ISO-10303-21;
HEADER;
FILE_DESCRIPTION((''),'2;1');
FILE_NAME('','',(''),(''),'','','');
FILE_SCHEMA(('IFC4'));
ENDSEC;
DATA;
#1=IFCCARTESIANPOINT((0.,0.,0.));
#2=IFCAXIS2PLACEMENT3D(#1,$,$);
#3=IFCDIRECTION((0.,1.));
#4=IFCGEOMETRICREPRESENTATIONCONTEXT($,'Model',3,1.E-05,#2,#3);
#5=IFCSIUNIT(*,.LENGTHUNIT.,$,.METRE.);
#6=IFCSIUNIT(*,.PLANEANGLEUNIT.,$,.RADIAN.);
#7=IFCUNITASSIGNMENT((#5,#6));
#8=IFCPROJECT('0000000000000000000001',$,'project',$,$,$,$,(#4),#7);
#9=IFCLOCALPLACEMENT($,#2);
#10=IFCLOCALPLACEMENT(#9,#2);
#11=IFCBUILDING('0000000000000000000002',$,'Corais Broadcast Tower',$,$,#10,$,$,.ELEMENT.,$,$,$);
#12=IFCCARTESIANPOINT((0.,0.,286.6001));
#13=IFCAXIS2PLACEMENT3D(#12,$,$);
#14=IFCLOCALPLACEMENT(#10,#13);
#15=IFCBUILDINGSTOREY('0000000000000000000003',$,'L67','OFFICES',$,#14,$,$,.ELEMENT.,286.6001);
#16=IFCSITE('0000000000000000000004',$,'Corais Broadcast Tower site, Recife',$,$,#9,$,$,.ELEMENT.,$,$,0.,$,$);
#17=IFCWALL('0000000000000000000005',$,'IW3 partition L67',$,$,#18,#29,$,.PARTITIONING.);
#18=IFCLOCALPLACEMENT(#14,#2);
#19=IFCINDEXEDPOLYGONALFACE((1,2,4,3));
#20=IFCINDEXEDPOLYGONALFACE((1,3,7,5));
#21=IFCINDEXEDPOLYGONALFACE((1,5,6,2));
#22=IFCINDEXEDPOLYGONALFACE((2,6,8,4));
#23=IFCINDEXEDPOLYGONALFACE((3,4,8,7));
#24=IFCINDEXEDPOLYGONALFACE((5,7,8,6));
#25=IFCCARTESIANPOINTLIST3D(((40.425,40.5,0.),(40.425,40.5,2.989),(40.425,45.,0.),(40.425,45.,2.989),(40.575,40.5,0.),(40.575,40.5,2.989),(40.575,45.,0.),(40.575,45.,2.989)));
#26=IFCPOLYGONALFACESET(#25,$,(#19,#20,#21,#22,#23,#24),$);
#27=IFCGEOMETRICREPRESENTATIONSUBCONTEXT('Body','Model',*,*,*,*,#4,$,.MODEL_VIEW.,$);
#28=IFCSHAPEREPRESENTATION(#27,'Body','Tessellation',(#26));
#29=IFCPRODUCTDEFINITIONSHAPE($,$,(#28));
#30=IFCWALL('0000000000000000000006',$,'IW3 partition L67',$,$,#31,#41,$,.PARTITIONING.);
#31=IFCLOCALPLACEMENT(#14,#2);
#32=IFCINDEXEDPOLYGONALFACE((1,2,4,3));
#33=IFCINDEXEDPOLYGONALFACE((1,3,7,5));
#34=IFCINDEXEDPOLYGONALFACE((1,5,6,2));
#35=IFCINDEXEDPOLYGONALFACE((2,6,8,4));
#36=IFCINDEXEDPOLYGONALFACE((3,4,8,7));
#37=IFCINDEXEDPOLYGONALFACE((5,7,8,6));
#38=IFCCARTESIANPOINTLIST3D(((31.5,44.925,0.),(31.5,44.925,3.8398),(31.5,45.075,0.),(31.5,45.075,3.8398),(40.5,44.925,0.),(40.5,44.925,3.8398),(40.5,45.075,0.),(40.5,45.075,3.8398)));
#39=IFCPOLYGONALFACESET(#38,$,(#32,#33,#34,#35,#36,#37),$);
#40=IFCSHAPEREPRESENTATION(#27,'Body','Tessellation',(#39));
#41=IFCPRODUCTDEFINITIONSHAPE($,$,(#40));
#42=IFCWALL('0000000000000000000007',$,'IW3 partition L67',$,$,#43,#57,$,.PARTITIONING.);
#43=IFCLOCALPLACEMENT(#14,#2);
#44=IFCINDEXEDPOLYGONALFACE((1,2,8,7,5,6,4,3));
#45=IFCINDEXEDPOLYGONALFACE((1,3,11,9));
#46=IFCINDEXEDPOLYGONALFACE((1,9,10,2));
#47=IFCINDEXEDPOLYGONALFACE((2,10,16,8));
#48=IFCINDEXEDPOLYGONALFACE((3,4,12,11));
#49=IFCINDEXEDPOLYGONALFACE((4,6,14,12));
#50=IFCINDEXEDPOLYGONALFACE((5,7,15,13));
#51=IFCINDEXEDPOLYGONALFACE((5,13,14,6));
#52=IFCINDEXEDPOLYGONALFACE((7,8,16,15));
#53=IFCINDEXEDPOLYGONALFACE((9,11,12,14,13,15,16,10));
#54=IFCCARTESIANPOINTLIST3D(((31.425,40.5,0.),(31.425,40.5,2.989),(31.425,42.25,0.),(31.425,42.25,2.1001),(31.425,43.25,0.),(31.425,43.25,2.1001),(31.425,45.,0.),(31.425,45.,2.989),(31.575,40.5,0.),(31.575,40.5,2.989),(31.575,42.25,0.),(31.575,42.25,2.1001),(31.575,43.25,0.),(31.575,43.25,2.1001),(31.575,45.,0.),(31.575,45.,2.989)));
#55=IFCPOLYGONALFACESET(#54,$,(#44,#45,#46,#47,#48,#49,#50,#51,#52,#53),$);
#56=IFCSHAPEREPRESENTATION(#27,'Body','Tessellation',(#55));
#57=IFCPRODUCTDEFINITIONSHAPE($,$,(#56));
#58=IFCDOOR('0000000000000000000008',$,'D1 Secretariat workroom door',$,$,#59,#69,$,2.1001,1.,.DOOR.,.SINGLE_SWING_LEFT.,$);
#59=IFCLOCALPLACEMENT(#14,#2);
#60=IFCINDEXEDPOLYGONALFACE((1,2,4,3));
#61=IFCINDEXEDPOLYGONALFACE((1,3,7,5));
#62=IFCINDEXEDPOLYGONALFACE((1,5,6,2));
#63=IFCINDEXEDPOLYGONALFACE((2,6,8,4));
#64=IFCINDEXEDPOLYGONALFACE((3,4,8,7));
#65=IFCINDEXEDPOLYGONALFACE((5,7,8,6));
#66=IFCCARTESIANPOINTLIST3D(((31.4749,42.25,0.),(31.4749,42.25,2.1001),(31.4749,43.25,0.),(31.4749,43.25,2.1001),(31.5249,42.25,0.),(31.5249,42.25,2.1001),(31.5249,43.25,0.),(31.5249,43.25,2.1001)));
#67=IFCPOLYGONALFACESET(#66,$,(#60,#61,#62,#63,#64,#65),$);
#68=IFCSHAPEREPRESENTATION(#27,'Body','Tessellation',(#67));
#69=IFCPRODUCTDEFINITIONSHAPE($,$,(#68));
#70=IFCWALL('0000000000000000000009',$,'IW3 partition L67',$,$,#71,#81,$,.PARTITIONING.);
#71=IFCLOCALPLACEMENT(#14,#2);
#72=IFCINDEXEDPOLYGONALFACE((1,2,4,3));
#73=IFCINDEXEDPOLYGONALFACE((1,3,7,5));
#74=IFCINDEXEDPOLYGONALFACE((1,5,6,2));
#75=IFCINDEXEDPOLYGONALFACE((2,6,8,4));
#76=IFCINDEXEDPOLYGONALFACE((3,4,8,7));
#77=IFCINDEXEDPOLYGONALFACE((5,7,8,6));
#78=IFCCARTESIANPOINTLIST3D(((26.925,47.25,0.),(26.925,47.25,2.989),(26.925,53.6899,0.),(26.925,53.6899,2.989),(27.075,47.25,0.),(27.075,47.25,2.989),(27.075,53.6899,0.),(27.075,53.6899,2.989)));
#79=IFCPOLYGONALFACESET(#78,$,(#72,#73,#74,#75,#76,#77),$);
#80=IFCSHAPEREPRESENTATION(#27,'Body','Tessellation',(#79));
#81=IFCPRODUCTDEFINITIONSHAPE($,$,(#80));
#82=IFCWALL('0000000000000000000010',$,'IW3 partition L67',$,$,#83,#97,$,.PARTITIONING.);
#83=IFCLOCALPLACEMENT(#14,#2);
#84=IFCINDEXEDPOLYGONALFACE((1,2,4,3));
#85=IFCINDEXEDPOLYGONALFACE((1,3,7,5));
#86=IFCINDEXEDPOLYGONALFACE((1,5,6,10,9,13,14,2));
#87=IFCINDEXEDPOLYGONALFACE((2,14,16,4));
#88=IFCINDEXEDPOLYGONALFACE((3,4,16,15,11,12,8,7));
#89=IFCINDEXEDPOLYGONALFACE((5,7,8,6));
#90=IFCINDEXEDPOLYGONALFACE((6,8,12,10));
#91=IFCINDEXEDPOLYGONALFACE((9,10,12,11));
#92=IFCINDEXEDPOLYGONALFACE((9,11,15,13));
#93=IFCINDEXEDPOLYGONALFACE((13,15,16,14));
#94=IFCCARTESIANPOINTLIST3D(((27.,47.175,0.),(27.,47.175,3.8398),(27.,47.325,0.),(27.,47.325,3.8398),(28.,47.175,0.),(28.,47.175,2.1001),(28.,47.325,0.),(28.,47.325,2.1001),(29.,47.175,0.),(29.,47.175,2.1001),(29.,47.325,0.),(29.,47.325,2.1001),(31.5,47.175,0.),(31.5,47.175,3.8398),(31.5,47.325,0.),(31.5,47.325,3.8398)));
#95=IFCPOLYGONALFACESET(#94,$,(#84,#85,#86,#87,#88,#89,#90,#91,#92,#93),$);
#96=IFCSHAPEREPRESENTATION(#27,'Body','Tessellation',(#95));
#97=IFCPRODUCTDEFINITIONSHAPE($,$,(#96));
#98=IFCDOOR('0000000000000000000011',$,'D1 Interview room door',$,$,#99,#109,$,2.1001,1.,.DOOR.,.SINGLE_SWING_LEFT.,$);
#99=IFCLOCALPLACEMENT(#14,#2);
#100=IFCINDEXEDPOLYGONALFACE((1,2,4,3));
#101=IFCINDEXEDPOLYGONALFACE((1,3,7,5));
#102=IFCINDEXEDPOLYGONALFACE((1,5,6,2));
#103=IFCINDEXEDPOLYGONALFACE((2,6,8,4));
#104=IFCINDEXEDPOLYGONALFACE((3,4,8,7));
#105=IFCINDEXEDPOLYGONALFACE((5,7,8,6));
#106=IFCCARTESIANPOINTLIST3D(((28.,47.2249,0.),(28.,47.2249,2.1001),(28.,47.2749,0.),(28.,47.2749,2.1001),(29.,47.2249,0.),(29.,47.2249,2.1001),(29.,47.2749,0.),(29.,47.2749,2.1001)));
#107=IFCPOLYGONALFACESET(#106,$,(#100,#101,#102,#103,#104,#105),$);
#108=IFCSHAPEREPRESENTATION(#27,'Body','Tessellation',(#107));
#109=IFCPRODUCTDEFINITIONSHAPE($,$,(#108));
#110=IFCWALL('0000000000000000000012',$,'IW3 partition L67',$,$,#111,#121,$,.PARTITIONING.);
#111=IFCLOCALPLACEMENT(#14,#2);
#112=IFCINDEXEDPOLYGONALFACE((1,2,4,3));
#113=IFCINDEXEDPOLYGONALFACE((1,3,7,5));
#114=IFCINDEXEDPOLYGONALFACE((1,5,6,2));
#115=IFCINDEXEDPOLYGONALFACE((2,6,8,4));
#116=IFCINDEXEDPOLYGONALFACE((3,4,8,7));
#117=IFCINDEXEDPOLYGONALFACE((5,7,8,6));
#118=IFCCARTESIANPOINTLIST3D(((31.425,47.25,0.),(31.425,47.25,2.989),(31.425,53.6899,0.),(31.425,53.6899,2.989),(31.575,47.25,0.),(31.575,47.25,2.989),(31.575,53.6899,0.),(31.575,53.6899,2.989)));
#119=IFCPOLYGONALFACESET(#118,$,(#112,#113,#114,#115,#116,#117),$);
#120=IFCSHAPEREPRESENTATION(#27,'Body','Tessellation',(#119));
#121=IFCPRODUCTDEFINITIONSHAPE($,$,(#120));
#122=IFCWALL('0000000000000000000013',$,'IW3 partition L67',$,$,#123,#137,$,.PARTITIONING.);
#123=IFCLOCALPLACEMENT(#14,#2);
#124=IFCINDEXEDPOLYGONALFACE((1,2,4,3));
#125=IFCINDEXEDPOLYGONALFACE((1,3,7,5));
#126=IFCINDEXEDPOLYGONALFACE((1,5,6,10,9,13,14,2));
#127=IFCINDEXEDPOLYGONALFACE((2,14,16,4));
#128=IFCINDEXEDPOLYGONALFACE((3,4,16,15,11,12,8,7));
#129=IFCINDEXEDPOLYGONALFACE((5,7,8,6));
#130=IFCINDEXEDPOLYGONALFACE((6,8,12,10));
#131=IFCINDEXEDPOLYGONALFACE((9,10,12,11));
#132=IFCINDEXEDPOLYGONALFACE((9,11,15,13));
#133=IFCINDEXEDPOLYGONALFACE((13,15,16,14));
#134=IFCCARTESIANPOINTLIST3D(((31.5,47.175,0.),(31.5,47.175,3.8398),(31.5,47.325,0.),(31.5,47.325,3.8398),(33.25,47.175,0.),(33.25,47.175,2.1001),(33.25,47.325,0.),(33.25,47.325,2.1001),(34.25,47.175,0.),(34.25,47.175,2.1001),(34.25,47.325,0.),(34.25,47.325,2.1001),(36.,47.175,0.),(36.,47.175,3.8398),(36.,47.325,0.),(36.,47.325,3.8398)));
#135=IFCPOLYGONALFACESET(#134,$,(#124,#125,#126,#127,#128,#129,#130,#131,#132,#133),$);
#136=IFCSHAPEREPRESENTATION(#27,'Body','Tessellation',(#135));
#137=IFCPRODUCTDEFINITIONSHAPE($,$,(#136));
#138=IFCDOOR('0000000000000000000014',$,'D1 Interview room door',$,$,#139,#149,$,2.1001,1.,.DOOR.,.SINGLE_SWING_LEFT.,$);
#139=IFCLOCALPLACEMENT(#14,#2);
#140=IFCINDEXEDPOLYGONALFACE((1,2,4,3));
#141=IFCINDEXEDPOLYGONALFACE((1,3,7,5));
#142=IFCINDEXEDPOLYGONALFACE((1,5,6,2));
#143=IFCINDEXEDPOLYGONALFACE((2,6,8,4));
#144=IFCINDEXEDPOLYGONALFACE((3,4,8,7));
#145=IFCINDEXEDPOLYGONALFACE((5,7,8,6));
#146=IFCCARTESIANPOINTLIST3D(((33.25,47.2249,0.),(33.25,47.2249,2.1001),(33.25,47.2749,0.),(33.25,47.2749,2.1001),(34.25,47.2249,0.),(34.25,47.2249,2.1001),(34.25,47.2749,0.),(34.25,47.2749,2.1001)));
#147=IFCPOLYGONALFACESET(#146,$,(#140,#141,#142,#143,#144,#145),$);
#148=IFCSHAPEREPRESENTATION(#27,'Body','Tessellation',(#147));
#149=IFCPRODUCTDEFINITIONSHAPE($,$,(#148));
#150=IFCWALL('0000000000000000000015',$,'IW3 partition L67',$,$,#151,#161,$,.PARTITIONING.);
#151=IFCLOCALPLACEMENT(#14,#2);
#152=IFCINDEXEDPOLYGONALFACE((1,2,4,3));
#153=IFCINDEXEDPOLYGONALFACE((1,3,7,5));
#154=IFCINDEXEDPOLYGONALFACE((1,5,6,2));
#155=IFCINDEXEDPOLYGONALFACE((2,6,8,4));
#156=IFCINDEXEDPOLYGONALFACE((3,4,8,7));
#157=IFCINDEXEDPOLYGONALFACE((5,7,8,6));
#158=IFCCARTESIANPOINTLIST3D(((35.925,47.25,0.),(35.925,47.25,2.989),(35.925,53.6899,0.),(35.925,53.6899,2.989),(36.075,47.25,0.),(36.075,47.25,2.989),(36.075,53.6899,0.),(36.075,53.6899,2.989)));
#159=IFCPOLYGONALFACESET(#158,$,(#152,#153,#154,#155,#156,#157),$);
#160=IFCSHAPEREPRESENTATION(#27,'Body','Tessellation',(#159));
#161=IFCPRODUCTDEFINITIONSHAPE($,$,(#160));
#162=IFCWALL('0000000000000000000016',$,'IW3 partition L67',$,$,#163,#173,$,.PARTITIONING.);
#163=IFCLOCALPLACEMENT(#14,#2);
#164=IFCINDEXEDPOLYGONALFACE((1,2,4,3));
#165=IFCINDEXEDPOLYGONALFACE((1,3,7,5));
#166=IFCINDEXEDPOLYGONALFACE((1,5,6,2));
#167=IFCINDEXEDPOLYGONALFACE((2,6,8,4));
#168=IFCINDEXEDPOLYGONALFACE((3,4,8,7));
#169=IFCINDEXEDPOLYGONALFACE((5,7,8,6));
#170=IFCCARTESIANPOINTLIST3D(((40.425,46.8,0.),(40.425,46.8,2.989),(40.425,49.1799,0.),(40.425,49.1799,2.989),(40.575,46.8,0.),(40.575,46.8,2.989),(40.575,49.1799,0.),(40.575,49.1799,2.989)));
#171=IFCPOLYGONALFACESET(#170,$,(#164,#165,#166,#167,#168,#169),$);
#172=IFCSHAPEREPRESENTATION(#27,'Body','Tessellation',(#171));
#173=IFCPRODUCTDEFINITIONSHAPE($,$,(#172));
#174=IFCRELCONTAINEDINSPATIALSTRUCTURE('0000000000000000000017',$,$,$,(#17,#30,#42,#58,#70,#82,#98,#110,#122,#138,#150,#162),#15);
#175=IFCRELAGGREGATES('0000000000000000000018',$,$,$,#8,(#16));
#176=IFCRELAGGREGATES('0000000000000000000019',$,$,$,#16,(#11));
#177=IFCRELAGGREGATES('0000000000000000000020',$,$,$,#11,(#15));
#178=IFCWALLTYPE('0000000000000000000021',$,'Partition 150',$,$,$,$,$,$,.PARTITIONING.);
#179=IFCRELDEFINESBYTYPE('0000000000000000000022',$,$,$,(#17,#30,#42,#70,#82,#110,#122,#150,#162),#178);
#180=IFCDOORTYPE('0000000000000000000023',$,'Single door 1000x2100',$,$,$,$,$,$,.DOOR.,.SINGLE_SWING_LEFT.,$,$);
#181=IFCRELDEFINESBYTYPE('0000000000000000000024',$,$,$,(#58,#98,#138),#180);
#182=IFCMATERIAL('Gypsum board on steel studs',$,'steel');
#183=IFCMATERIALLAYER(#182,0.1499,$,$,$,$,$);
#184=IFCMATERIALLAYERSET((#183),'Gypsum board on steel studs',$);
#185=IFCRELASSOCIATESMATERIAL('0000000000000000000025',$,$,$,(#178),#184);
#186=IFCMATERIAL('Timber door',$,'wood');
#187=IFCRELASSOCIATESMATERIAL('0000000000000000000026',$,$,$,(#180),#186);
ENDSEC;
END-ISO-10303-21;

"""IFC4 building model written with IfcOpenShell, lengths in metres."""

from ifc_helpers import new_model, si_unit, direction, frame, frame_2d, origin, place, context, subcontext, project, spatial, rectangle, extrude, material, layer, layer_set, type_object, element, fill, save


model = new_model("IFC4")

# Units and contexts
model_context = context("Model", 3, precision=1e-05, world=origin(), true_north=direction((0.0, 1.0)))
body_context = subcontext(model_context, "Body", "Model", "MODEL_VIEW")
ifc_project = project(units=[si_unit("LENGTHUNIT", "METRE"), si_unit("PLANEANGLEUNIT", "RADIAN")], contexts=[model_context])

# Site, building, storey
site_placement = place(None, origin())
site = spatial("IfcSite", under=ifc_project, at=site_placement, Name="Corais Broadcast Tower site, Recife", CompositionType="ELEMENT", RefElevation=0.0)
building_placement = place(site_placement, origin())
building = spatial("IfcBuilding", under=site, at=building_placement, Name="Corais Broadcast Tower", CompositionType="ELEMENT")
storey_placement = place(building_placement, frame((0.0, 0.0, 286.6001)))
storey = spatial("IfcBuildingStorey", under=building, at=storey_placement, Name="L67", Description="OFFICES", CompositionType="ELEMENT", Elevation=286.6001)

# Shared definitions
ifc_material_1 = material(Name="Gypsum board on steel studs", Category="steel")
ifc_layer_1 = layer(ifc_material_1, 0.1499)
ifc_layer_set_1 = layer_set([ifc_layer_1], Name="Gypsum board on steel studs")
wall_type_1 = type_object("IfcWallType", Name="Partition 150", PredefinedType="PARTITIONING", material=ifc_layer_set_1)
ifc_material_2 = material(Name="Timber door", Category="wood")
door_type = type_object("IfcDoorType", Name="Single door 1000x2100", OperationType="SINGLE_SWING_LEFT", PredefinedType="DOOR", material=ifc_material_2)

# Walls
wall_1_placement = place(storey_placement, frame((40.5, 40.5, 0.0), z_axis=(0.0, 0.0, 1.0), x_axis=(0.0, 1.0, 0.0)))
element("IfcWall", 1, at=wall_1_placement, inside=storey, type_object=wall_type_1, Name="IW3 partition L67", PredefinedType="PARTITIONING", context=body_context, shape_type="SweptSolid", body=[
    extrude(rectangle(XDim=4.5, YDim=0.1499, at=frame_2d((2.25, 0.0))), origin(), (0.0, 0.0, 1.0), 2.989),
])
wall_2_placement = place(storey_placement, frame((40.5, 45.0, 0.0), z_axis=(0.0, 0.0, 1.0), x_axis=(-1.0, 0.0, 0.0)))
element("IfcWall", 2, at=wall_2_placement, inside=storey, type_object=wall_type_1, Name="IW3 partition L67", PredefinedType="PARTITIONING", context=body_context, shape_type="SweptSolid", body=[
    extrude(rectangle(XDim=9.0, YDim=0.1499, at=frame_2d((4.5, 0.0))), origin(), (0.0, 0.0, 1.0), 3.8398),
])

# Wall, opening, door
wall_3_placement = place(storey_placement, frame((31.5, 45.0, 0.0), z_axis=(0.0, 0.0, 1.0), x_axis=(0.0, -1.0, 0.0)))
wall_3 = element("IfcWall", 3, at=wall_3_placement, inside=storey, type_object=wall_type_1, Name="IW3 partition L67", PredefinedType="PARTITIONING", context=body_context, shape_type="SweptSolid", body=[
    extrude(rectangle(XDim=4.5, YDim=0.1499, at=frame_2d((2.25, 0.0))), origin(), (0.0, 0.0, 1.0), 2.989),
])
opening_1_placement = place(wall_3_placement, frame((1.75, 0.0, 0.0)))
opening_1 = element("IfcOpeningElement", 4, at=opening_1_placement, cuts=wall_3, PredefinedType="OPENING", context=body_context, shape_type="SweptSolid", body=[
    extrude(rectangle(XDim=1.0, YDim=2.1001, at=frame_2d((0.5, 1.05))), frame((0.0, 0.085, 0.0), z_axis=(0.0, -1.0, 0.0), x_axis=(1.0, 0.0, 0.0)), (0.0, 0.0, 1.0), 0.1699),
])
door_1_placement = place(opening_1_placement, origin())
door_1 = element("IfcDoor", 5, at=door_1_placement, inside=storey, type_object=door_type, Name="D1 Secretariat workroom door", OperationType="SINGLE_SWING_LEFT", OverallHeight=2.1001, OverallWidth=1.0, PredefinedType="DOOR", context=body_context, shape_type="SweptSolid", body=[
    extrude(rectangle(XDim=1.0, YDim=2.1001, at=frame_2d((0.5, 1.05))), frame((0.0, 0.0249, 0.0), z_axis=(0.0, -1.0, 0.0), x_axis=(1.0, 0.0, 0.0)), (0.0, 0.0, 1.0), 0.05),
])
fill(opening_1, door_1)

# Wall
wall_4_placement = place(storey_placement, frame((27.0, 47.25, 0.0), z_axis=(0.0, 0.0, 1.0), x_axis=(0.0, 1.0, 0.0)))
element("IfcWall", 6, at=wall_4_placement, inside=storey, type_object=wall_type_1, Name="IW3 partition L67", PredefinedType="PARTITIONING", context=body_context, shape_type="SweptSolid", body=[
    extrude(rectangle(XDim=6.4399, YDim=0.1499, at=frame_2d((3.22, 0.0))), origin(), (0.0, 0.0, 1.0), 2.989),
])

# Wall, opening, door
wall_5_placement = place(storey_placement, frame((27.0, 47.25, 0.0), z_axis=(0.0, 0.0, 1.0), x_axis=(1.0, 0.0, 0.0)))
wall_5 = element("IfcWall", 7, at=wall_5_placement, inside=storey, type_object=wall_type_1, Name="IW3 partition L67", PredefinedType="PARTITIONING", context=body_context, shape_type="SweptSolid", body=[
    extrude(rectangle(XDim=4.5, YDim=0.1499, at=frame_2d((2.25, 0.0))), origin(), (0.0, 0.0, 1.0), 3.8398),
])
opening_2_placement = place(wall_5_placement, frame((1.0, 0.0, 0.0)))
opening_2 = element("IfcOpeningElement", 8, at=opening_2_placement, cuts=wall_5, PredefinedType="OPENING", context=body_context, shape_type="SweptSolid", body=[
    extrude(rectangle(XDim=1.0, YDim=2.1001, at=frame_2d((0.5, 1.05))), frame((0.0, 0.085, 0.0), z_axis=(0.0, -1.0, 0.0), x_axis=(1.0, 0.0, 0.0)), (0.0, 0.0, 1.0), 0.1699),
])
door_2_placement = place(opening_2_placement, origin())
door_2 = element("IfcDoor", 9, at=door_2_placement, inside=storey, type_object=door_type, Name="D1 Interview room door", OperationType="SINGLE_SWING_LEFT", OverallHeight=2.1001, OverallWidth=1.0, PredefinedType="DOOR", context=body_context, shape_type="SweptSolid", body=[
    extrude(rectangle(XDim=1.0, YDim=2.1001, at=frame_2d((0.5, 1.05))), frame((0.0, 0.0249, 0.0), z_axis=(0.0, -1.0, 0.0), x_axis=(1.0, 0.0, 0.0)), (0.0, 0.0, 1.0), 0.05),
])
fill(opening_2, door_2)

# Wall
wall_6_placement = place(storey_placement, frame((31.5, 47.25, 0.0), z_axis=(0.0, 0.0, 1.0), x_axis=(0.0, 1.0, 0.0)))
element("IfcWall", 10, at=wall_6_placement, inside=storey, type_object=wall_type_1, Name="IW3 partition L67", PredefinedType="PARTITIONING", context=body_context, shape_type="SweptSolid", body=[
    extrude(rectangle(XDim=6.4399, YDim=0.1499, at=frame_2d((3.22, 0.0))), origin(), (0.0, 0.0, 1.0), 2.989),
])

# Wall, opening, door
wall_7_placement = place(storey_placement, frame((31.5, 47.25, 0.0), z_axis=(0.0, 0.0, 1.0), x_axis=(1.0, 0.0, 0.0)))
wall_7 = element("IfcWall", 11, at=wall_7_placement, inside=storey, type_object=wall_type_1, Name="IW3 partition L67", PredefinedType="PARTITIONING", context=body_context, shape_type="SweptSolid", body=[
    extrude(rectangle(XDim=4.5, YDim=0.1499, at=frame_2d((2.25, 0.0))), origin(), (0.0, 0.0, 1.0), 3.8398),
])
opening_3_placement = place(wall_7_placement, frame((1.75, 0.0, 0.0)))
opening_3 = element("IfcOpeningElement", 12, at=opening_3_placement, cuts=wall_7, PredefinedType="OPENING", context=body_context, shape_type="SweptSolid", body=[
    extrude(rectangle(XDim=1.0, YDim=2.1001, at=frame_2d((0.5, 1.05))), frame((0.0, 0.085, 0.0), z_axis=(0.0, -1.0, 0.0), x_axis=(1.0, 0.0, 0.0)), (0.0, 0.0, 1.0), 0.1699),
])
door_3_placement = place(opening_3_placement, origin())
door_3 = element("IfcDoor", 13, at=door_3_placement, inside=storey, type_object=door_type, Name="D1 Interview room door", OperationType="SINGLE_SWING_LEFT", OverallHeight=2.1001, OverallWidth=1.0, PredefinedType="DOOR", context=body_context, shape_type="SweptSolid", body=[
    extrude(rectangle(XDim=1.0, YDim=2.1001, at=frame_2d((0.5, 1.05))), frame((0.0, 0.0249, 0.0), z_axis=(0.0, -1.0, 0.0), x_axis=(1.0, 0.0, 0.0)), (0.0, 0.0, 1.0), 0.05),
])
fill(opening_3, door_3)

# Walls
wall_8_placement = place(storey_placement, frame((36.0, 47.25, 0.0), z_axis=(0.0, 0.0, 1.0), x_axis=(0.0, 1.0, 0.0)))
element("IfcWall", 14, at=wall_8_placement, inside=storey, type_object=wall_type_1, Name="IW3 partition L67", PredefinedType="PARTITIONING", context=body_context, shape_type="SweptSolid", body=[
    extrude(rectangle(XDim=6.4399, YDim=0.1499, at=frame_2d((3.22, 0.0))), origin(), (0.0, 0.0, 1.0), 2.989),
])
wall_9_placement = place(storey_placement, frame((40.5, 49.1799, 0.0), z_axis=(0.0, 0.0, 1.0), x_axis=(0.0, -1.0, 0.0)))
element("IfcWall", 15, at=wall_9_placement, inside=storey, type_object=wall_type_1, Name="IW3 partition L67", PredefinedType="PARTITIONING", context=body_context, shape_type="SweptSolid", body=[
    extrude(rectangle(XDim=2.3799, YDim=0.1499, at=frame_2d((1.1899, 0.0))), origin(), (0.0, 0.0, 1.0), 2.989),
])

save(model, "model.ifc")
